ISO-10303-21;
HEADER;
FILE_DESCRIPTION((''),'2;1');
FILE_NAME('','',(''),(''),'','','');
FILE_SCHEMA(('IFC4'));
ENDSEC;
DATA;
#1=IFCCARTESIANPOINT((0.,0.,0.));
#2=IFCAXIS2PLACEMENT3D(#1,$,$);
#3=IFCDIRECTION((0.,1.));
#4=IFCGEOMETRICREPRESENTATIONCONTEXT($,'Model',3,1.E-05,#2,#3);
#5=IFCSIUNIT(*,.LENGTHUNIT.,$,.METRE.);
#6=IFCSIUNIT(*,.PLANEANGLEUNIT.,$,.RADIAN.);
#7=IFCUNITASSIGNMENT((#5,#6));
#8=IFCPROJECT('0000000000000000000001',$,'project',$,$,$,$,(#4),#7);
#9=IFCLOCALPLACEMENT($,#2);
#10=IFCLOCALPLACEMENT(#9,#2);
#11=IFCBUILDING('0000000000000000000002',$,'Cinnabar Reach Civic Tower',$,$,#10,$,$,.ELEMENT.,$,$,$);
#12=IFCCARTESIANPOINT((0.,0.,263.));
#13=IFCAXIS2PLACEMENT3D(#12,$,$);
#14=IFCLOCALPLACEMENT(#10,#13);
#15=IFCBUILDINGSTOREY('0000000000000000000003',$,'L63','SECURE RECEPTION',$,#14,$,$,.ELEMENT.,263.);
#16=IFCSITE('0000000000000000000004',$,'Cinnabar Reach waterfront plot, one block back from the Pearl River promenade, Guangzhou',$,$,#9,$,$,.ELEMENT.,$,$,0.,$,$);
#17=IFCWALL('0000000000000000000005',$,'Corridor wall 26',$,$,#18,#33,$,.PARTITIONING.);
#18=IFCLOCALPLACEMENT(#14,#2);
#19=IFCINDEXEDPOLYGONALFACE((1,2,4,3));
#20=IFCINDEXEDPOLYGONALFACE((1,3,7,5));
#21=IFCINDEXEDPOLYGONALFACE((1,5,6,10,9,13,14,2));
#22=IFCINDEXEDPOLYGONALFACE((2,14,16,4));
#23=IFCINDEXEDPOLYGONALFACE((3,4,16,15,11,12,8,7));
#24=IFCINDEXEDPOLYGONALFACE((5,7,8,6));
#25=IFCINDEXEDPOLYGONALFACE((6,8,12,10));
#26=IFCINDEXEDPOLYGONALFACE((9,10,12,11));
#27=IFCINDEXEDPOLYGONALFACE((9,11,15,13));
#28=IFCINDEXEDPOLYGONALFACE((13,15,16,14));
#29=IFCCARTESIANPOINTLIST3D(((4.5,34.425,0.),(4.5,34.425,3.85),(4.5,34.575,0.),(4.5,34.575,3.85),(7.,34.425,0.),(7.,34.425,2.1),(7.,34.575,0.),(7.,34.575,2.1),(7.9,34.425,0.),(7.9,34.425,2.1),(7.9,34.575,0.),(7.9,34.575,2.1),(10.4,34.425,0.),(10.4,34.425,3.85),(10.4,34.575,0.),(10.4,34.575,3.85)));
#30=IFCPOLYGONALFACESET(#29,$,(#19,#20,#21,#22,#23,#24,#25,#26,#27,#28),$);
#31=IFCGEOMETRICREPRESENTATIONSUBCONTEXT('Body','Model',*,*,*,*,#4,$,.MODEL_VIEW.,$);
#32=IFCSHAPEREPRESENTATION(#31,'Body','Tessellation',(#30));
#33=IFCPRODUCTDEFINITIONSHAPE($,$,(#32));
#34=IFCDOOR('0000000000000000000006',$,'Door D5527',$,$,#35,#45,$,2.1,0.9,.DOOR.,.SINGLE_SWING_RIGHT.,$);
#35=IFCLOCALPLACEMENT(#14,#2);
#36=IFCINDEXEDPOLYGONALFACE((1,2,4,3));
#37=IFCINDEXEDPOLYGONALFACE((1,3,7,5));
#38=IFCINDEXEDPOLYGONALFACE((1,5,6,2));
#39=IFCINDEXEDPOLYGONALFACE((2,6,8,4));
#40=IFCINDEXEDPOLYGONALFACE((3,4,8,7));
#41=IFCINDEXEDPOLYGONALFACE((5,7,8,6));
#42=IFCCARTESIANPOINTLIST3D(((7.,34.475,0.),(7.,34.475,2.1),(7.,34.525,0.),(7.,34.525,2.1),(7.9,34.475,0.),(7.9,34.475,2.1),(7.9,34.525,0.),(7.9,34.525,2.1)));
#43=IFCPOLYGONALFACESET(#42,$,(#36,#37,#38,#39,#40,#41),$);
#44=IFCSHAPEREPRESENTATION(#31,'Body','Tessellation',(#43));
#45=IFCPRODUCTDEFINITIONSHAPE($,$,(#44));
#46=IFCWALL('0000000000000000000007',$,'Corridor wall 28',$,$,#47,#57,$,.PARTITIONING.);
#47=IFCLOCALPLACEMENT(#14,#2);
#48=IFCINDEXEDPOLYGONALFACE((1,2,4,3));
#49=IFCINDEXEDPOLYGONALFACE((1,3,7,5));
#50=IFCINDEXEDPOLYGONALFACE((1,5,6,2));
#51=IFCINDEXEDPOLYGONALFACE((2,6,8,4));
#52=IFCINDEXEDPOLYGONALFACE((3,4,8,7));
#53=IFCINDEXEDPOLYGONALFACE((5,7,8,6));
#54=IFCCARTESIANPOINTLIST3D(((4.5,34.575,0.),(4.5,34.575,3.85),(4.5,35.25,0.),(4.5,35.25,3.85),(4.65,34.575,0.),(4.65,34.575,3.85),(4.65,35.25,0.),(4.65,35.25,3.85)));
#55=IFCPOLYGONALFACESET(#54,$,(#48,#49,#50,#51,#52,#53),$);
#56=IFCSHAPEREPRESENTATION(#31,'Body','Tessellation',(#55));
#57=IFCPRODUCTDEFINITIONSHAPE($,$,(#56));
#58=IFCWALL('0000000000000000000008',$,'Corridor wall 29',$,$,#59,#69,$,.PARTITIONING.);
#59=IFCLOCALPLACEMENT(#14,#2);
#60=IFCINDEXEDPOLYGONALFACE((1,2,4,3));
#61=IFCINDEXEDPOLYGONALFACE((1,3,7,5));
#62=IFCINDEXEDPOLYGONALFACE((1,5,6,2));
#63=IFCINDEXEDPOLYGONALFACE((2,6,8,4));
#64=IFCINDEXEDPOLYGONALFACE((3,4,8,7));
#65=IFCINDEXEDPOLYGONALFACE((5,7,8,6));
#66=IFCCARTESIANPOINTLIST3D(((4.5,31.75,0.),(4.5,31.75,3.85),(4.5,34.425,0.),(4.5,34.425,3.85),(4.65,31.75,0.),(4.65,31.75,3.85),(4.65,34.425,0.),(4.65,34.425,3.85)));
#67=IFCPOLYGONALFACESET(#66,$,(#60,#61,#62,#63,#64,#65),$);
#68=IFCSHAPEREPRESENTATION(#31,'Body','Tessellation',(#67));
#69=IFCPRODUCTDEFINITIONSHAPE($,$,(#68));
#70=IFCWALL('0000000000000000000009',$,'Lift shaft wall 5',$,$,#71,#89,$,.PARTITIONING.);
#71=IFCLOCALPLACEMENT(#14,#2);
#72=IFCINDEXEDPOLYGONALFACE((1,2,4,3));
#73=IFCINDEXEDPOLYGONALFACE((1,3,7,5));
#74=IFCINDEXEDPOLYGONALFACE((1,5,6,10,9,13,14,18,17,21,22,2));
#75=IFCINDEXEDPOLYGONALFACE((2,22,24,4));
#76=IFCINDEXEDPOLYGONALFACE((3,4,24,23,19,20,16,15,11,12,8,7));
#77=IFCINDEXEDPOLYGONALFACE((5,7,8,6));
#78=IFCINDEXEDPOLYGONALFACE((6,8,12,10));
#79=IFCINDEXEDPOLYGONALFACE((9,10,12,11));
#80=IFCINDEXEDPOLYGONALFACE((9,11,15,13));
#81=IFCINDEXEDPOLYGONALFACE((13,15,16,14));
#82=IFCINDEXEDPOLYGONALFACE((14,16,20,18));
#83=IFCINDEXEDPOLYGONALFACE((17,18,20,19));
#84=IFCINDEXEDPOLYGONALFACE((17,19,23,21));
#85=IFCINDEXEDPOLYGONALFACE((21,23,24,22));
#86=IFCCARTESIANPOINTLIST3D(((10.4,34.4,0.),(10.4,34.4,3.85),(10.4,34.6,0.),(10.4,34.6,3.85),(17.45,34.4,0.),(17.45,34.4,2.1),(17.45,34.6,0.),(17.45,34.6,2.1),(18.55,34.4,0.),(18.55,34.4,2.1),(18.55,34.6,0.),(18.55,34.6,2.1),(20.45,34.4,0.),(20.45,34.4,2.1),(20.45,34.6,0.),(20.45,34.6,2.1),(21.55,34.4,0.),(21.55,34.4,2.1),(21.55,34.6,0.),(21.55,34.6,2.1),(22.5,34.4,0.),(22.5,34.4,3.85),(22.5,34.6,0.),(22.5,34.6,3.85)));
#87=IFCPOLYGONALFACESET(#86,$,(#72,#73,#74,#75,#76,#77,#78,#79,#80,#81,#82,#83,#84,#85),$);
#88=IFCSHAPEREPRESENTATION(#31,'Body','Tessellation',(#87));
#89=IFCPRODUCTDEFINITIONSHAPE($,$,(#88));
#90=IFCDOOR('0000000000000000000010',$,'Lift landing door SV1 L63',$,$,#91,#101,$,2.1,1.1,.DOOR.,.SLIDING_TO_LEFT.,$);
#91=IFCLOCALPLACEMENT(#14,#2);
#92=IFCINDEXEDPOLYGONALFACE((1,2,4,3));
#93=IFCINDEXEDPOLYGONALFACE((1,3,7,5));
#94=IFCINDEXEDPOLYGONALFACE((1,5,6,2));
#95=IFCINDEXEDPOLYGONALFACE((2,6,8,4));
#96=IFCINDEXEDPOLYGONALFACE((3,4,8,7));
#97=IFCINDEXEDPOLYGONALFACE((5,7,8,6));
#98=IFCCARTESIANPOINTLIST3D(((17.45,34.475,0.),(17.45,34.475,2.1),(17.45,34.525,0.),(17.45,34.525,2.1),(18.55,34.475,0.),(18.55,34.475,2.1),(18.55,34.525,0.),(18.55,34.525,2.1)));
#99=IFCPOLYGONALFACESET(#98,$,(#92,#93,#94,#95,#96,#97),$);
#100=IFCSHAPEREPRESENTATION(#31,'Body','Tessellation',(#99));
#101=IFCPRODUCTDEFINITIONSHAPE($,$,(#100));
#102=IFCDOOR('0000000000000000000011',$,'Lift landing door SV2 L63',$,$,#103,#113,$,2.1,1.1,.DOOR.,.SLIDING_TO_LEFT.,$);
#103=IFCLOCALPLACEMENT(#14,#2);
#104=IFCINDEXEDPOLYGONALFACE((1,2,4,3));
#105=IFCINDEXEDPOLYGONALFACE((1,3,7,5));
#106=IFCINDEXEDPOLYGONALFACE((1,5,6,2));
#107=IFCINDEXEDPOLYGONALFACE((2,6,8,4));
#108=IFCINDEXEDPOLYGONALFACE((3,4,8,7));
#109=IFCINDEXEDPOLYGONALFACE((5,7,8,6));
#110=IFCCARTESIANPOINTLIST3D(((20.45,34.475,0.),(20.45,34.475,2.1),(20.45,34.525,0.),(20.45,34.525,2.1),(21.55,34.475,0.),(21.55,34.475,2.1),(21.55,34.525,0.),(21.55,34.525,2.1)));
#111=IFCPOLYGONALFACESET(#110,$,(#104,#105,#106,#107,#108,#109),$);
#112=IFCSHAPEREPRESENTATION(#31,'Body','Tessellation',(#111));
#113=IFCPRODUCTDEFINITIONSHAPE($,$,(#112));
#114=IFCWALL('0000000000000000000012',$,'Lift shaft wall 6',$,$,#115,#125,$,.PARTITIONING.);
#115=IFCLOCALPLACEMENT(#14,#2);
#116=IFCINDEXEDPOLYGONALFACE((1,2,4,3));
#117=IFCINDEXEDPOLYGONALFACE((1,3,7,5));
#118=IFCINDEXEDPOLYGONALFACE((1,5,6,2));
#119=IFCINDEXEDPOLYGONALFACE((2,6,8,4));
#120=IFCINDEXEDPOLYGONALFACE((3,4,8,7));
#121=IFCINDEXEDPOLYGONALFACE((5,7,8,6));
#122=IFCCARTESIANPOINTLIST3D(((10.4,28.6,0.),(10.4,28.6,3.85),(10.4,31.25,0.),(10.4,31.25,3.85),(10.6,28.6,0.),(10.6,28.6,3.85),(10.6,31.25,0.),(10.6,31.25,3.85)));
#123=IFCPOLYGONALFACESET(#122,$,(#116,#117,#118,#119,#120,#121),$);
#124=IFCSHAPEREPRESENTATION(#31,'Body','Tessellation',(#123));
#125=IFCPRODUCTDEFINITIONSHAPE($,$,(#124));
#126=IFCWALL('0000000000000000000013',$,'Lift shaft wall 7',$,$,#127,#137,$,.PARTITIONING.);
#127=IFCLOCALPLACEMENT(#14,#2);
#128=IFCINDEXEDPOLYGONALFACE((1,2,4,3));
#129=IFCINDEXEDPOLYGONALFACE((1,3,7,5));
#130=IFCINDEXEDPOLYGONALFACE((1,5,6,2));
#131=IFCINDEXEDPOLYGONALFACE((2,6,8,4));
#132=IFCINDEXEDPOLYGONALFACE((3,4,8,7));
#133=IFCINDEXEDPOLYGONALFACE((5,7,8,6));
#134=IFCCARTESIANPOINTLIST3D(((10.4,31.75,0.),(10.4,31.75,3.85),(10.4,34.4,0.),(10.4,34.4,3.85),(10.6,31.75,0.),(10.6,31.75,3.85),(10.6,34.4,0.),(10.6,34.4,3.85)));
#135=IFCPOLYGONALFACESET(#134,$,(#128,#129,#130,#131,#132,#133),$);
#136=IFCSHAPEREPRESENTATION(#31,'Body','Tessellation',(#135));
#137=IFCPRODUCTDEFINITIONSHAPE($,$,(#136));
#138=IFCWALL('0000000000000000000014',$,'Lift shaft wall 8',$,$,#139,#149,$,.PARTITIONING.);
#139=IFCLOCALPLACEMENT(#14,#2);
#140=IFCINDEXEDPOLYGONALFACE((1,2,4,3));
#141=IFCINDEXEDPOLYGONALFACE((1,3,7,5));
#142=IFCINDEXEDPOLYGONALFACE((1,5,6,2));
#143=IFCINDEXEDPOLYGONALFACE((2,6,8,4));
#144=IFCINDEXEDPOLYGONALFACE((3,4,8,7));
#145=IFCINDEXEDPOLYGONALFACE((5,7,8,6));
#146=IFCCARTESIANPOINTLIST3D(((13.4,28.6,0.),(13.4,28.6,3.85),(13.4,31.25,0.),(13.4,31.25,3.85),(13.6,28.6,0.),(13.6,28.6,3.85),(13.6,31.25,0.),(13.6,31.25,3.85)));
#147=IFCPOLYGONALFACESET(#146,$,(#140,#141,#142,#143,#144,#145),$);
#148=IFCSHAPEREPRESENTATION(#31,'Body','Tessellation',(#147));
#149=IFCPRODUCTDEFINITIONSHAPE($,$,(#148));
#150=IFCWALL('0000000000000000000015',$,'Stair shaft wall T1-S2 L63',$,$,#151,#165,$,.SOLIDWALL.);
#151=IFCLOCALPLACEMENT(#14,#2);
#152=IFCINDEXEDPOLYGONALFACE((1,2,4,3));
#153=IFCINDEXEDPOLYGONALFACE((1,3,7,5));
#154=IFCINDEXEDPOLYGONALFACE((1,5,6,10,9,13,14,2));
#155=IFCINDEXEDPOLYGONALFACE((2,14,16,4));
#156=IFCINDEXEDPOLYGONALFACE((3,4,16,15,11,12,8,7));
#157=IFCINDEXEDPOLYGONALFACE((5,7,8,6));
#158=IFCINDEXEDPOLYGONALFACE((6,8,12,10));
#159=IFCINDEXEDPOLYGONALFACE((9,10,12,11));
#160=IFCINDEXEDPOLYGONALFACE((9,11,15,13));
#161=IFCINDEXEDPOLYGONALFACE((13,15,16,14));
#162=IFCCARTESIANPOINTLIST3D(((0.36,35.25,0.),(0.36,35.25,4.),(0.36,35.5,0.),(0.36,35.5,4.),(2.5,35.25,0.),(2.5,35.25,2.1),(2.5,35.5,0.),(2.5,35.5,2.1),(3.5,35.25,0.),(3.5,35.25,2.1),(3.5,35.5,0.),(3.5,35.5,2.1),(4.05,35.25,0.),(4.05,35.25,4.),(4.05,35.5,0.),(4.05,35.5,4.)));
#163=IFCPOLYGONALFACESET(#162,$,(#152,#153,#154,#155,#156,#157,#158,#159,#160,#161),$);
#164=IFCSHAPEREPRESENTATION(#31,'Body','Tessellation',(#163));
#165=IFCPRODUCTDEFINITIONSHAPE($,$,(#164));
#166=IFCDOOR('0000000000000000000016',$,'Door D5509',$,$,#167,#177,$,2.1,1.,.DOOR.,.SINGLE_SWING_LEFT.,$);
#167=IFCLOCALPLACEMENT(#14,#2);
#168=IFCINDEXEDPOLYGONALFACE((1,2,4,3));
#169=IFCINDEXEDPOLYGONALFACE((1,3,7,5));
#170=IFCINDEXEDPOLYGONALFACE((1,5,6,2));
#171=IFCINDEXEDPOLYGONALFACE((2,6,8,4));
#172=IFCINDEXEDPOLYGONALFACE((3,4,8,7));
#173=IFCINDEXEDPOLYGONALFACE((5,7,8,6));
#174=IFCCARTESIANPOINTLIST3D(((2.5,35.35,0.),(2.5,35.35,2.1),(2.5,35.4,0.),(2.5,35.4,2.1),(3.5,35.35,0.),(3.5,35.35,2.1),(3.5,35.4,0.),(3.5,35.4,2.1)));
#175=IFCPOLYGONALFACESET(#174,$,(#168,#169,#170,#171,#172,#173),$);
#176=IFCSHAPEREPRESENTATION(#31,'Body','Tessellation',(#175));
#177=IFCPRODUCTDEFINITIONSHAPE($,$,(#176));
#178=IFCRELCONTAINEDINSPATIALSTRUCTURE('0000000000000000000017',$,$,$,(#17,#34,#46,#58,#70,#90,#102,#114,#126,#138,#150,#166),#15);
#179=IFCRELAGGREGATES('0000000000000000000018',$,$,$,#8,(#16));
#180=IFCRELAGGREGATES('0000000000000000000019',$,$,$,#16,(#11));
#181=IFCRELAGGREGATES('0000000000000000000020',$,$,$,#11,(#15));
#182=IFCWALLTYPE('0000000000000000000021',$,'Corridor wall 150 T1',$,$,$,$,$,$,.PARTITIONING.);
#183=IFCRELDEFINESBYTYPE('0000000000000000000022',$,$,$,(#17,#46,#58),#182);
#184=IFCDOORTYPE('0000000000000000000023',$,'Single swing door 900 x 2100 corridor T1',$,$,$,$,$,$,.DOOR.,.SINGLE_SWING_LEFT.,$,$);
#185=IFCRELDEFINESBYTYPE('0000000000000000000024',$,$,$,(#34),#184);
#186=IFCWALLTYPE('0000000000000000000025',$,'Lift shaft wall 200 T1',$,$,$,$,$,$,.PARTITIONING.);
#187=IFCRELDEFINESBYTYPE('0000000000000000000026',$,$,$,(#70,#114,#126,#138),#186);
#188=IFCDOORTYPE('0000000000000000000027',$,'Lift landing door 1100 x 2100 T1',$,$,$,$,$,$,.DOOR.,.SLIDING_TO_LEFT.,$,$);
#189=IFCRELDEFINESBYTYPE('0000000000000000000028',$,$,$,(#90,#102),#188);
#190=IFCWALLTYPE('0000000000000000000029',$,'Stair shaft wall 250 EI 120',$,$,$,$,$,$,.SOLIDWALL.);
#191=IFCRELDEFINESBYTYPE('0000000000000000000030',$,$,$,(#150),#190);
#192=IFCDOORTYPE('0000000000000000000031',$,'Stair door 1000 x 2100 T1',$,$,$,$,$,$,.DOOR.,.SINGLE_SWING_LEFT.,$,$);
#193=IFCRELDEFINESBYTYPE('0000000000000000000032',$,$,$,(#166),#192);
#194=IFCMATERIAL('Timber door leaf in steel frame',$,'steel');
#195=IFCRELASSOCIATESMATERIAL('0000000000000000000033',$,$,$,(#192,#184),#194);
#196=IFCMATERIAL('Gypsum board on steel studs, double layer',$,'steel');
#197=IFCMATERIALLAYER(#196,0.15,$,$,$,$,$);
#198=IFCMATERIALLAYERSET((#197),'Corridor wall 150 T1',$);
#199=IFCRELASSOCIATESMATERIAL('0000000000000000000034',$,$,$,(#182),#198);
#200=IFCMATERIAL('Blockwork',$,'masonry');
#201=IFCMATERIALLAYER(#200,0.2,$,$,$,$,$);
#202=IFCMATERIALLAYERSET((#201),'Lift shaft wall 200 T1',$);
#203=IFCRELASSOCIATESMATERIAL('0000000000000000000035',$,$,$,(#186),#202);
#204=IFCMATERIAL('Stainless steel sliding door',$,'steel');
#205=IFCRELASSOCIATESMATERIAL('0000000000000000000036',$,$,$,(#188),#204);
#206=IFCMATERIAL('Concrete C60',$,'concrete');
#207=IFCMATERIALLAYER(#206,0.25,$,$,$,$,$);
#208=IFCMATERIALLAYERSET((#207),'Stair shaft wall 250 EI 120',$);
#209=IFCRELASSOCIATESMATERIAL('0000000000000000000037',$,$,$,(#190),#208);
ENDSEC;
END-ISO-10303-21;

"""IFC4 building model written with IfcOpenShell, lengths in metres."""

from ifc_helpers import new_model, si_unit, direction, frame, frame_2d, origin, place, context, subcontext, project, spatial, rectangle, extrude, material, layer, layer_set, type_object, element, fill, save


model = new_model("IFC4")

# Units and contexts
model_context = context("Model", 3, precision=1e-05, world=origin(), true_north=direction((0.0, 1.0)))
body_context = subcontext(model_context, "Body", "Model", "MODEL_VIEW")
ifc_project = project(units=[si_unit("LENGTHUNIT", "METRE"), si_unit("PLANEANGLEUNIT", "RADIAN")], contexts=[model_context])

# Site, building, storey
site_placement = place(None, origin())
site = spatial("IfcSite", under=ifc_project, at=site_placement, Name="Cinnabar Reach waterfront plot, one block back from the Pearl River promenade, Guangzhou", CompositionType="ELEMENT", RefElevation=0.0)
building_placement = place(site_placement, origin())
building = spatial("IfcBuilding", under=site, at=building_placement, Name="Cinnabar Reach Civic Tower", CompositionType="ELEMENT")
storey_placement = place(building_placement, frame((0.0, 0.0, 263.0)))
storey = spatial("IfcBuildingStorey", under=building, at=storey_placement, Name="L63", Description="SECURE RECEPTION", CompositionType="ELEMENT", Elevation=263.0)

# Shared definitions
ifc_material_1 = material(Name="Concrete C60", Category="concrete")

# Shared definitions
ifc_material_2 = material(Name="Timber door leaf in steel frame", Category="steel")
door_type_1 = type_object("IfcDoorType", Name="Stair door 1000 x 2100 T1", OperationType="SINGLE_SWING_LEFT", PredefinedType="DOOR", material=ifc_material_2)

# Wall, opening, door
ifc_material_3 = material(Name="Gypsum board on steel studs, double layer", Category="steel")
ifc_layer_1 = layer(ifc_material_3, 0.15)
ifc_layer_set_1 = layer_set([ifc_layer_1], Name="Corridor wall 150 T1")
wall_type_1 = type_object("IfcWallType", Name="Corridor wall 150 T1", PredefinedType="PARTITIONING", material=ifc_layer_set_1)
wall_1_placement = place(storey_placement, frame((4.5, 34.5, 0.0), z_axis=(0.0, 0.0, 1.0), x_axis=(1.0, 0.0, 0.0)))
wall_1 = element("IfcWall", 1, at=wall_1_placement, inside=storey, type_object=wall_type_1, Name="Corridor wall 26", PredefinedType="PARTITIONING", context=body_context, shape_type="SweptSolid", body=[
    extrude(rectangle(XDim=5.9, YDim=0.15, at=frame_2d((2.95, 0.0))), origin(), (0.0, 0.0, 1.0), 3.85),
])
opening_1_placement = place(wall_1_placement, frame((2.5, 0.0, 0.0)))
opening_1 = element("IfcOpeningElement", 2, at=opening_1_placement, cuts=wall_1, PredefinedType="OPENING", context=body_context, shape_type="SweptSolid", body=[
    extrude(rectangle(XDim=0.9, YDim=2.1, at=frame_2d((0.45, 1.05))), frame((0.0, 0.085, 0.0), z_axis=(0.0, -1.0, 0.0), x_axis=(1.0, 0.0, 0.0)), (0.0, 0.0, 1.0), 0.17),
])
door_type_2 = type_object("IfcDoorType", Name="Single swing door 900 x 2100 corridor T1", OperationType="SINGLE_SWING_LEFT", PredefinedType="DOOR", material=ifc_material_2)
door_1_placement = place(opening_1_placement, frame((0.9, 0.0, 0.0), z_axis=(0.0, 0.0, 1.0), x_axis=(-1.0, 0.0, 0.0)))
door_1 = element("IfcDoor", 3, at=door_1_placement, inside=storey, type_object=door_type_2, Name="Door D5527", OperationType="SINGLE_SWING_RIGHT", OverallHeight=2.1, OverallWidth=0.9, PredefinedType="DOOR", context=body_context, shape_type="SweptSolid", body=[
    extrude(rectangle(XDim=0.9, YDim=2.1, at=frame_2d((0.45, 1.05))), frame((0.0, 0.025, 0.0), z_axis=(0.0, -1.0, 0.0), x_axis=(1.0, 0.0, 0.0)), (0.0, 0.0, 1.0), 0.05),
])
fill(opening_1, door_1)

# Walls
wall_2_placement = place(storey_placement, frame((4.575, 34.575, 0.0), z_axis=(0.0, 0.0, 1.0), x_axis=(0.0, 1.0, 0.0)))
element("IfcWall", 4, at=wall_2_placement, inside=storey, type_object=wall_type_1, Name="Corridor wall 28", PredefinedType="PARTITIONING", context=body_context, shape_type="SweptSolid", body=[
    extrude(rectangle(XDim=0.675, YDim=0.15, at=frame_2d((0.3375, 0.0))), origin(), (0.0, 0.0, 1.0), 3.85),
])
wall_3_placement = place(storey_placement, frame((4.575, 31.75, 0.0), z_axis=(0.0, 0.0, 1.0), x_axis=(0.0, 1.0, 0.0)))
element("IfcWall", 5, at=wall_3_placement, inside=storey, type_object=wall_type_1, Name="Corridor wall 29", PredefinedType="PARTITIONING", context=body_context, shape_type="SweptSolid", body=[
    extrude(rectangle(XDim=2.675, YDim=0.15, at=frame_2d((1.3375, 0.0))), origin(), (0.0, 0.0, 1.0), 3.85),
])

# Wall, openings, doors
ifc_material_4 = material(Name="Blockwork", Category="masonry")
ifc_layer_2 = layer(ifc_material_4, 0.2)
ifc_layer_set_2 = layer_set([ifc_layer_2], Name="Lift shaft wall 200 T1")
wall_type_2 = type_object("IfcWallType", Name="Lift shaft wall 200 T1", PredefinedType="PARTITIONING", material=ifc_layer_set_2)
wall_4_placement = place(storey_placement, frame((10.4, 34.5, 0.0), z_axis=(0.0, 0.0, 1.0), x_axis=(1.0, 0.0, 0.0)))
wall_4 = element("IfcWall", 6, at=wall_4_placement, inside=storey, type_object=wall_type_2, Name="Lift shaft wall 5", PredefinedType="PARTITIONING", context=body_context, shape_type="SweptSolid", body=[
    extrude(rectangle(XDim=12.1, YDim=0.2, at=frame_2d((6.05, 0.0))), origin(), (0.0, 0.0, 1.0), 3.85),
])
opening_2_placement = place(wall_4_placement, frame((7.05, 0.0, 0.0)))
opening_2 = element("IfcOpeningElement", 7, at=opening_2_placement, cuts=wall_4, PredefinedType="OPENING", context=body_context, shape_type="SweptSolid", body=[
    extrude(rectangle(XDim=1.1, YDim=2.1, at=frame_2d((0.55, 1.05))), frame((0.0, 0.11, 0.0), z_axis=(0.0, -1.0, 0.0), x_axis=(1.0, 0.0, 0.0)), (0.0, 0.0, 1.0), 0.22),
])
opening_3_placement = place(wall_4_placement, frame((10.05, 0.0, 0.0)))
opening_3 = element("IfcOpeningElement", 8, at=opening_3_placement, cuts=wall_4, PredefinedType="OPENING", context=body_context, shape_type="SweptSolid", body=[
    extrude(rectangle(XDim=1.1, YDim=2.1, at=frame_2d((0.55, 1.05))), frame((0.0, 0.11, 0.0), z_axis=(0.0, -1.0, 0.0), x_axis=(1.0, 0.0, 0.0)), (0.0, 0.0, 1.0), 0.22),
])
ifc_material_5 = material(Name="Stainless steel sliding door", Category="steel")
door_type_3 = type_object("IfcDoorType", Name="Lift landing door 1100 x 2100 T1", OperationType="SLIDING_TO_LEFT", PredefinedType="DOOR", material=ifc_material_5)
door_2_placement = place(opening_2_placement, origin())
door_2 = element("IfcDoor", 9, at=door_2_placement, inside=storey, type_object=door_type_3, Name="Lift landing door SV1 L63", OperationType="SLIDING_TO_LEFT", OverallHeight=2.1, OverallWidth=1.1, PredefinedType="DOOR", context=body_context, shape_type="SweptSolid", body=[
    extrude(rectangle(XDim=1.1, YDim=2.1, at=frame_2d((0.55, 1.05))), frame((0.0, 0.025, 0.0), z_axis=(0.0, -1.0, 0.0), x_axis=(1.0, 0.0, 0.0)), (0.0, 0.0, 1.0), 0.05),
])
fill(opening_2, door_2)
door_3_placement = place(opening_3_placement, origin())
door_3 = element("IfcDoor", 10, at=door_3_placement, inside=storey, type_object=door_type_3, Name="Lift landing door SV2 L63", OperationType="SLIDING_TO_LEFT", OverallHeight=2.1, OverallWidth=1.1, PredefinedType="DOOR", context=body_context, shape_type="SweptSolid", body=[
    extrude(rectangle(XDim=1.1, YDim=2.1, at=frame_2d((0.55, 1.05))), frame((0.0, 0.025, 0.0), z_axis=(0.0, -1.0, 0.0), x_axis=(1.0, 0.0, 0.0)), (0.0, 0.0, 1.0), 0.05),
])
fill(opening_3, door_3)

# Walls
for number, where, z_axis, x_axis, name in (
    (11, (10.5, 28.6, 0.0), (0.0, 0.0, 1.0), (0.0, 1.0, 0.0), "Lift shaft wall 6"),
    (12, (10.5, 31.75, 0.0), (0.0, 0.0, 1.0), (0.0, 1.0, 0.0), "Lift shaft wall 7"),
    (13, (13.5, 28.6, 0.0), (0.0, 0.0, 1.0), (0.0, 1.0, 0.0), "Lift shaft wall 8"),
):
    element("IfcWall", number, at=place(storey_placement, frame(where, z_axis=z_axis, x_axis=x_axis)), inside=storey, type_object=wall_type_2, Name=name, PredefinedType="PARTITIONING", context=body_context, shape_type="SweptSolid", body=[
        extrude(rectangle(XDim=2.65, YDim=0.2, at=frame_2d((1.325, 0.0))), origin(), (0.0, 0.0, 1.0), 3.85),
    ])

# Wall, opening, door
ifc_layer_3 = layer(ifc_material_1, 0.25)
ifc_layer_set_3 = layer_set([ifc_layer_3], Name="Stair shaft wall 250 EI 120")
wall_type_3 = type_object("IfcWallType", Name="Stair shaft wall 250 EI 120", PredefinedType="SOLIDWALL", material=ifc_layer_set_3)
wall_5_placement = place(storey_placement, frame((0.36, 35.375, 0.0), z_axis=(0.0, 0.0, 1.0), x_axis=(1.0, 0.0, 0.0)))
wall_5 = element("IfcWall", 14, at=wall_5_placement, inside=storey, type_object=wall_type_3, Name="Stair shaft wall T1-S2 L63", PredefinedType="SOLIDWALL", context=body_context, shape_type="SweptSolid", body=[
    extrude(rectangle(XDim=3.69, YDim=0.25, at=frame_2d((1.845, 0.0))), origin(), (0.0, 0.0, 1.0), 4.0),
])
opening_4_placement = place(wall_5_placement, frame((2.14, 0.0, 0.0)))
opening_4 = element("IfcOpeningElement", 15, at=opening_4_placement, cuts=wall_5, PredefinedType="OPENING", context=body_context, shape_type="SweptSolid", body=[
    extrude(rectangle(XDim=1.0, YDim=2.1, at=frame_2d((0.5, 1.05))), frame((0.0, 0.135, 0.0), z_axis=(0.0, -1.0, 0.0), x_axis=(1.0, 0.0, 0.0)), (0.0, 0.0, 1.0), 0.27),
])
door_4_placement = place(opening_4_placement, origin())
door_4 = element("IfcDoor", 16, at=door_4_placement, inside=storey, type_object=door_type_1, Name="Door D5509", OperationType="SINGLE_SWING_LEFT", OverallHeight=2.1, OverallWidth=1.0, PredefinedType="DOOR", context=body_context, shape_type="SweptSolid", body=[
    extrude(rectangle(XDim=1.0, YDim=2.1, at=frame_2d((0.5, 1.05))), frame((0.0, 0.025, 0.0), z_axis=(0.0, -1.0, 0.0), x_axis=(1.0, 0.0, 0.0)), (0.0, 0.0, 1.0), 0.05),
])
fill(opening_4, door_4)

save(model, "model.ifc")
